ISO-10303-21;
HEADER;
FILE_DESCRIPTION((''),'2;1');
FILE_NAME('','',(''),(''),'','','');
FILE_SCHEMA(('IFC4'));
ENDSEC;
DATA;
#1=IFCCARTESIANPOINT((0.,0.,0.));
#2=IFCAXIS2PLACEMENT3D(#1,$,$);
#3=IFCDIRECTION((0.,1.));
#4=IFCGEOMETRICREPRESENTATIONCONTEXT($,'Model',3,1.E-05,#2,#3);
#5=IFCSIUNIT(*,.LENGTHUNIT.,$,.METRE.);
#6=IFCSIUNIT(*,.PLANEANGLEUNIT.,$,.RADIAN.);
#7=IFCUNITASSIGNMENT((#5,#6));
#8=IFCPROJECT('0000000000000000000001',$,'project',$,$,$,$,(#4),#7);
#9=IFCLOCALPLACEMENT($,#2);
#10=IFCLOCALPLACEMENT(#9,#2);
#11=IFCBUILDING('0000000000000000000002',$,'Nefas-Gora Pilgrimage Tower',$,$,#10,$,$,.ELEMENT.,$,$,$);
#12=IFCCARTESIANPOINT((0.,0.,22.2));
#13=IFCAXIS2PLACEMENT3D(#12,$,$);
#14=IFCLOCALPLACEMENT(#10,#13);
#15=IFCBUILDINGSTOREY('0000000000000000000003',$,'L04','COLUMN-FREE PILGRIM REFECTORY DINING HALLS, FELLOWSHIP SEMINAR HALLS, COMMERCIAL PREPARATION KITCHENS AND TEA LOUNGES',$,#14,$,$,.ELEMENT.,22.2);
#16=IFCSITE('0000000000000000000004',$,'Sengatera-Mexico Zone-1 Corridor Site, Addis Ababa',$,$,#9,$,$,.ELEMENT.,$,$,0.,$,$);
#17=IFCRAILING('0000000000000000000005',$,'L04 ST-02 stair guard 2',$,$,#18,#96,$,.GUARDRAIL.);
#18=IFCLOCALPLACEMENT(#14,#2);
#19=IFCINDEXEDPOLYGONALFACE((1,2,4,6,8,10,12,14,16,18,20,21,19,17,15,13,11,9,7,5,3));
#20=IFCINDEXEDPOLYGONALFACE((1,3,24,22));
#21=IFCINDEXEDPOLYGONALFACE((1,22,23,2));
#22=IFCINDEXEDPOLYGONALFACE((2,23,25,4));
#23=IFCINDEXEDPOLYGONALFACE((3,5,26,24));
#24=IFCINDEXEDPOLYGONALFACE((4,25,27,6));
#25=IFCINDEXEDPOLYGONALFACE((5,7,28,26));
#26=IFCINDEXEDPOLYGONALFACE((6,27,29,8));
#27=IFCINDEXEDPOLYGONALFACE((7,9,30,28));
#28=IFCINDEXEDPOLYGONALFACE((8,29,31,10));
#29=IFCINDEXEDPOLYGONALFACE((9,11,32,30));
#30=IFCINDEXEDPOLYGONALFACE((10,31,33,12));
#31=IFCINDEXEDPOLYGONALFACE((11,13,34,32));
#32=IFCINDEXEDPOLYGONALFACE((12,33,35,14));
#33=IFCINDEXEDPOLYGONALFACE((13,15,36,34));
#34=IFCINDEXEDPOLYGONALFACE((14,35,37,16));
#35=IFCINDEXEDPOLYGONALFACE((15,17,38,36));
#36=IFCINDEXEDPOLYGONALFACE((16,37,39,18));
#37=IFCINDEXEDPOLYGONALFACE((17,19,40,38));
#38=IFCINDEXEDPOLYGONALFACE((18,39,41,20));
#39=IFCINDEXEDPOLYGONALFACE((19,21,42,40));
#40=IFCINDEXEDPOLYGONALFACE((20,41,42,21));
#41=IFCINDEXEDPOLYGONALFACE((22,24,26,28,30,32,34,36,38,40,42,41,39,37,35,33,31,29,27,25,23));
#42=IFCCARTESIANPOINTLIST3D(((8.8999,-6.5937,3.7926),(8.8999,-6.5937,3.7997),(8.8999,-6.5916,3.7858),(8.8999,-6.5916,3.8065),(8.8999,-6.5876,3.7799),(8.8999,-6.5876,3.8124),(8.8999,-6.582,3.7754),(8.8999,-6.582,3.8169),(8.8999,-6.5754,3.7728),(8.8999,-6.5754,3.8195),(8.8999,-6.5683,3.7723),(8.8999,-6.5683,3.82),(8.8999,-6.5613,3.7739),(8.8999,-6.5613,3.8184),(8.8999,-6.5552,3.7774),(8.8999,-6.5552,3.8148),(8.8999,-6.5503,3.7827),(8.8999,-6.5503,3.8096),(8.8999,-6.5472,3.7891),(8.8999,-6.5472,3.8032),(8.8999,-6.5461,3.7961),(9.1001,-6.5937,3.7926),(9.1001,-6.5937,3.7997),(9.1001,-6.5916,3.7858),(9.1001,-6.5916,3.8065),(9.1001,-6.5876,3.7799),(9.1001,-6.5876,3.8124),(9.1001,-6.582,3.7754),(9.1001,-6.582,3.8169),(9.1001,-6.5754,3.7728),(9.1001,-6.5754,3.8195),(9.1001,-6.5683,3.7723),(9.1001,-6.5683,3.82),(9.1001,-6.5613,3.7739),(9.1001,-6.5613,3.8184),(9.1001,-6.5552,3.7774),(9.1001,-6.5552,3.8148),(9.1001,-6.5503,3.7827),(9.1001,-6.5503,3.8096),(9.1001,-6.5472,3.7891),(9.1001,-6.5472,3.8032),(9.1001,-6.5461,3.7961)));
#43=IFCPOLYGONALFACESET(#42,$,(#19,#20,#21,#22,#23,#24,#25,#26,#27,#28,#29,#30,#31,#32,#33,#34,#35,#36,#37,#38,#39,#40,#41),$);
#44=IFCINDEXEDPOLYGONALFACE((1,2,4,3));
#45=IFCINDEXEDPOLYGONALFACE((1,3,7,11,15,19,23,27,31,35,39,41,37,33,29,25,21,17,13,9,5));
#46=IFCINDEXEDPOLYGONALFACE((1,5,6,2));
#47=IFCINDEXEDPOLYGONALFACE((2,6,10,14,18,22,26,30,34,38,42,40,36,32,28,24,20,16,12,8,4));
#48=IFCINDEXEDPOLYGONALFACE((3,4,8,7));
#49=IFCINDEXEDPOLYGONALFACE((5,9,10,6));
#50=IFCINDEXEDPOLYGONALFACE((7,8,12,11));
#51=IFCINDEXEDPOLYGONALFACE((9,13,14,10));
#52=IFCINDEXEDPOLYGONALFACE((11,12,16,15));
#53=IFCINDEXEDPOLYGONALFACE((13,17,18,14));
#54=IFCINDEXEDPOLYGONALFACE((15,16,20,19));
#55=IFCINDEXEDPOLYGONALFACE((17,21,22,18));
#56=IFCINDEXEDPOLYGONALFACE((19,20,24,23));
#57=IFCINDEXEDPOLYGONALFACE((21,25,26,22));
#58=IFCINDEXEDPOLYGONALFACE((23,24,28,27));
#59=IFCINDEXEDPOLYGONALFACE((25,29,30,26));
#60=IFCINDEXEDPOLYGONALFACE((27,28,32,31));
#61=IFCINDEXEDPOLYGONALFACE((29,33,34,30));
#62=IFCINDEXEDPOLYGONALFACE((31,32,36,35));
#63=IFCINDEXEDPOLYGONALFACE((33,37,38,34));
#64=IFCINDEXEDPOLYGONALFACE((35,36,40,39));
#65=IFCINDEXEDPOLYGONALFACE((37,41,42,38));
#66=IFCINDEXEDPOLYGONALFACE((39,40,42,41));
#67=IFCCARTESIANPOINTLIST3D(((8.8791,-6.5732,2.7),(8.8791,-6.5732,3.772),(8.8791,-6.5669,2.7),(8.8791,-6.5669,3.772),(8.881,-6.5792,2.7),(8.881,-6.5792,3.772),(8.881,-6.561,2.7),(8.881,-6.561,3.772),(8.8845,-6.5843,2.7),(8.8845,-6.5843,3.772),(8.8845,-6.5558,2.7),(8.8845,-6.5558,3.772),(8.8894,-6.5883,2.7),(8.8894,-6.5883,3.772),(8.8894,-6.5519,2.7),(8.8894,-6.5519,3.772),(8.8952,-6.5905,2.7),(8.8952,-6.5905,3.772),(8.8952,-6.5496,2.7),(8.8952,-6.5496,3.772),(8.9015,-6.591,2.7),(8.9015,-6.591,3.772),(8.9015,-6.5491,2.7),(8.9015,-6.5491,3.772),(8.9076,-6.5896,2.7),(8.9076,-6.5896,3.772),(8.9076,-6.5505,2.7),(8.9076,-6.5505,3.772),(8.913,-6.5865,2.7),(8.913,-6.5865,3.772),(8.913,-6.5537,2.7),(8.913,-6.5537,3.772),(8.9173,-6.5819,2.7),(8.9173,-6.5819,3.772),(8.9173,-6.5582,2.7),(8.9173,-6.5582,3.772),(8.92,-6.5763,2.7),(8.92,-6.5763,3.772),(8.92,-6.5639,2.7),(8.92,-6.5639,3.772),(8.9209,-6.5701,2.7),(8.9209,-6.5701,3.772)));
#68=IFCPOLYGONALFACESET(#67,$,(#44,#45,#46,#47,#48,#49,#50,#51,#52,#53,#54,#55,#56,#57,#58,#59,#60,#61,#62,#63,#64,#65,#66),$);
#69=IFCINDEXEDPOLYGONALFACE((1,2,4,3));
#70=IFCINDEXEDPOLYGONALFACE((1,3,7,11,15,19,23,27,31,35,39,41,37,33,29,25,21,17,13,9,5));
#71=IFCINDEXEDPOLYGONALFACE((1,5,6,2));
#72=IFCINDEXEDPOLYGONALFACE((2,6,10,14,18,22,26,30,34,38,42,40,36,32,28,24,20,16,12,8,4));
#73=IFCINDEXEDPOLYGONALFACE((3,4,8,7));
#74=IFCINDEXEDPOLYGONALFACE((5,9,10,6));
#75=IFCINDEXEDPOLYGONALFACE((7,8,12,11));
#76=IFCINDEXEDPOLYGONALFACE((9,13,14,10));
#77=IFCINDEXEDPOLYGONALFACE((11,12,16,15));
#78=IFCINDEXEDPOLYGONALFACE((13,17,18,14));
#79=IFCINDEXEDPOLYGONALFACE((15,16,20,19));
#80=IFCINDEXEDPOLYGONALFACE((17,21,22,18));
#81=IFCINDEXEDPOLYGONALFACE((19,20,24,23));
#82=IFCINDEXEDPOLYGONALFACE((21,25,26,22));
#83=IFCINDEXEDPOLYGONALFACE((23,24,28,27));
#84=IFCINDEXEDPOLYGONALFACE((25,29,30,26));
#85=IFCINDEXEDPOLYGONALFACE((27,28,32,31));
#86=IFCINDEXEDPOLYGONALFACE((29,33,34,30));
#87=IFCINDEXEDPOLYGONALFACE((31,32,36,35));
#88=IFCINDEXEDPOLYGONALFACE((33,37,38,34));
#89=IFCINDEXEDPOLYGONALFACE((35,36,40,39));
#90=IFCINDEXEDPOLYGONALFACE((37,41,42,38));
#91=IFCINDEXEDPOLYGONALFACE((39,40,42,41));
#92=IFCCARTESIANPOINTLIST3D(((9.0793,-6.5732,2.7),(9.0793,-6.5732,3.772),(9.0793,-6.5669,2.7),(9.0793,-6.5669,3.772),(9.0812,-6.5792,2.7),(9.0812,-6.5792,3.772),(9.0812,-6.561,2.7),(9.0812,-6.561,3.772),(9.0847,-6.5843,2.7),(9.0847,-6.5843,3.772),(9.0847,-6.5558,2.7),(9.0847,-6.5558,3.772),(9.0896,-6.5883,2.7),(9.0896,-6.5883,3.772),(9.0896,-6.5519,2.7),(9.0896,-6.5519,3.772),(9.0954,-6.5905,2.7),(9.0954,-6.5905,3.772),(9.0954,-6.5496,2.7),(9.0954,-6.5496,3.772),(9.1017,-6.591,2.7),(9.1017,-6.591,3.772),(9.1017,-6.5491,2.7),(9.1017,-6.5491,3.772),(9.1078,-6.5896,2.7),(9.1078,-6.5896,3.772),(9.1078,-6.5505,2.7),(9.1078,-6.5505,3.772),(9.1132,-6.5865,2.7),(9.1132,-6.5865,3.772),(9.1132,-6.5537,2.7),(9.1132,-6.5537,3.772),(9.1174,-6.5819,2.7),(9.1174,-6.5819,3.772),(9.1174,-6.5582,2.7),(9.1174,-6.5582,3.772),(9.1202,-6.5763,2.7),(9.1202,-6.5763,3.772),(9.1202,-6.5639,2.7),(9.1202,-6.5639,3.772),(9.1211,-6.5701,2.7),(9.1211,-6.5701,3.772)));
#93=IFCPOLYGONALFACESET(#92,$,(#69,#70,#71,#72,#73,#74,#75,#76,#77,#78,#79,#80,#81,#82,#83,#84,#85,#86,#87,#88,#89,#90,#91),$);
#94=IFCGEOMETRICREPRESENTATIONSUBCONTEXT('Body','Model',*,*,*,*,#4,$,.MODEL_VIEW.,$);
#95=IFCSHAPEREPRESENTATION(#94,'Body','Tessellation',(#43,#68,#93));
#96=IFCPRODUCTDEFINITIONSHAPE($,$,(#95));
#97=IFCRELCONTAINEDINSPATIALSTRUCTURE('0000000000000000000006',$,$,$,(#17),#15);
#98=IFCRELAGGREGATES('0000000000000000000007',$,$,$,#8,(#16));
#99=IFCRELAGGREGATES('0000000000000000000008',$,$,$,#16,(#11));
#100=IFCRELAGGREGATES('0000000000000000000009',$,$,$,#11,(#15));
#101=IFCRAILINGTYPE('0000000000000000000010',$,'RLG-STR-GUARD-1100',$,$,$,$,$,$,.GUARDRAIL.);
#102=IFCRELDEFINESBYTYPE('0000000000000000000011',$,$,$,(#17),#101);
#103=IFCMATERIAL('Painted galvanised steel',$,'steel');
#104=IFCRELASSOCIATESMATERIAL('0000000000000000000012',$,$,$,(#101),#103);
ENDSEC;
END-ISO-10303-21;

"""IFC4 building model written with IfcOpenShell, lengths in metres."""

from ifc_helpers import new_model, si_unit, direction, frame, origin, origin_2d, place, context, subcontext, project, spatial, circle, extrude, material, type_object, element, save


model = new_model("IFC4")

# Units and contexts
model_context = context("Model", 3, precision=1e-05, world=origin(), true_north=direction((0.0, 1.0)))
body_context = subcontext(model_context, "Body", "Model", "MODEL_VIEW")
ifc_project = project(units=[si_unit("LENGTHUNIT", "METRE"), si_unit("PLANEANGLEUNIT", "RADIAN")], contexts=[model_context])

# Site, building, storey
site_placement = place(None, origin())
site = spatial("IfcSite", under=ifc_project, at=site_placement, Name="Sengatera-Mexico Zone-1 Corridor Site, Addis Ababa", CompositionType="ELEMENT", RefElevation=0.0)
building_placement = place(site_placement, origin())
building = spatial("IfcBuilding", under=site, at=building_placement, Name="Nefas-Gora Pilgrimage Tower", CompositionType="ELEMENT")
storey_placement = place(building_placement, frame((0.0, 0.0, 22.2)))
storey = spatial("IfcBuildingStorey", under=building, at=storey_placement, Name="L04", Description="COLUMN-FREE PILGRIM REFECTORY DINING HALLS, FELLOWSHIP SEMINAR HALLS, COMMERCIAL PREPARATION KITCHENS AND TEA LOUNGES", CompositionType="ELEMENT", Elevation=22.2)

# Railing
ifc_material_1 = material(Name="Painted galvanised steel", Category="steel")
railing_type_1 = type_object("IfcRailingType", Name="RLG-STR-GUARD-1100", PredefinedType="GUARDRAIL", material=ifc_material_1)
railing_1_placement = place(storey_placement, frame((8.8999, -6.5701, 2.7)))
element("IfcRailing", 1, at=railing_1_placement, inside=storey, type_object=railing_type_1, Name="L04 ST-02 stair guard 2", PredefinedType="GUARDRAIL", context=body_context, shape_type="SweptSolid", body=[
    extrude(circle(Radius=0.0239, at=origin_2d()), frame((0.0, 0.0, 1.0962), z_axis=(1.0, 0.0, 0.0), x_axis=(0.0, 1.0, 0.0)), (0.0, 0.0, 1.0), 0.2002),
    extrude(circle(Radius=0.021, at=origin_2d()), origin(), (0.0, 0.0, 1.0), 1.072),
    extrude(circle(Radius=0.021, at=origin_2d()), frame((0.2002, 0.0, 0.0)), (0.0, 0.0, 1.0), 1.072),
])

save(model, "model.ifc")
